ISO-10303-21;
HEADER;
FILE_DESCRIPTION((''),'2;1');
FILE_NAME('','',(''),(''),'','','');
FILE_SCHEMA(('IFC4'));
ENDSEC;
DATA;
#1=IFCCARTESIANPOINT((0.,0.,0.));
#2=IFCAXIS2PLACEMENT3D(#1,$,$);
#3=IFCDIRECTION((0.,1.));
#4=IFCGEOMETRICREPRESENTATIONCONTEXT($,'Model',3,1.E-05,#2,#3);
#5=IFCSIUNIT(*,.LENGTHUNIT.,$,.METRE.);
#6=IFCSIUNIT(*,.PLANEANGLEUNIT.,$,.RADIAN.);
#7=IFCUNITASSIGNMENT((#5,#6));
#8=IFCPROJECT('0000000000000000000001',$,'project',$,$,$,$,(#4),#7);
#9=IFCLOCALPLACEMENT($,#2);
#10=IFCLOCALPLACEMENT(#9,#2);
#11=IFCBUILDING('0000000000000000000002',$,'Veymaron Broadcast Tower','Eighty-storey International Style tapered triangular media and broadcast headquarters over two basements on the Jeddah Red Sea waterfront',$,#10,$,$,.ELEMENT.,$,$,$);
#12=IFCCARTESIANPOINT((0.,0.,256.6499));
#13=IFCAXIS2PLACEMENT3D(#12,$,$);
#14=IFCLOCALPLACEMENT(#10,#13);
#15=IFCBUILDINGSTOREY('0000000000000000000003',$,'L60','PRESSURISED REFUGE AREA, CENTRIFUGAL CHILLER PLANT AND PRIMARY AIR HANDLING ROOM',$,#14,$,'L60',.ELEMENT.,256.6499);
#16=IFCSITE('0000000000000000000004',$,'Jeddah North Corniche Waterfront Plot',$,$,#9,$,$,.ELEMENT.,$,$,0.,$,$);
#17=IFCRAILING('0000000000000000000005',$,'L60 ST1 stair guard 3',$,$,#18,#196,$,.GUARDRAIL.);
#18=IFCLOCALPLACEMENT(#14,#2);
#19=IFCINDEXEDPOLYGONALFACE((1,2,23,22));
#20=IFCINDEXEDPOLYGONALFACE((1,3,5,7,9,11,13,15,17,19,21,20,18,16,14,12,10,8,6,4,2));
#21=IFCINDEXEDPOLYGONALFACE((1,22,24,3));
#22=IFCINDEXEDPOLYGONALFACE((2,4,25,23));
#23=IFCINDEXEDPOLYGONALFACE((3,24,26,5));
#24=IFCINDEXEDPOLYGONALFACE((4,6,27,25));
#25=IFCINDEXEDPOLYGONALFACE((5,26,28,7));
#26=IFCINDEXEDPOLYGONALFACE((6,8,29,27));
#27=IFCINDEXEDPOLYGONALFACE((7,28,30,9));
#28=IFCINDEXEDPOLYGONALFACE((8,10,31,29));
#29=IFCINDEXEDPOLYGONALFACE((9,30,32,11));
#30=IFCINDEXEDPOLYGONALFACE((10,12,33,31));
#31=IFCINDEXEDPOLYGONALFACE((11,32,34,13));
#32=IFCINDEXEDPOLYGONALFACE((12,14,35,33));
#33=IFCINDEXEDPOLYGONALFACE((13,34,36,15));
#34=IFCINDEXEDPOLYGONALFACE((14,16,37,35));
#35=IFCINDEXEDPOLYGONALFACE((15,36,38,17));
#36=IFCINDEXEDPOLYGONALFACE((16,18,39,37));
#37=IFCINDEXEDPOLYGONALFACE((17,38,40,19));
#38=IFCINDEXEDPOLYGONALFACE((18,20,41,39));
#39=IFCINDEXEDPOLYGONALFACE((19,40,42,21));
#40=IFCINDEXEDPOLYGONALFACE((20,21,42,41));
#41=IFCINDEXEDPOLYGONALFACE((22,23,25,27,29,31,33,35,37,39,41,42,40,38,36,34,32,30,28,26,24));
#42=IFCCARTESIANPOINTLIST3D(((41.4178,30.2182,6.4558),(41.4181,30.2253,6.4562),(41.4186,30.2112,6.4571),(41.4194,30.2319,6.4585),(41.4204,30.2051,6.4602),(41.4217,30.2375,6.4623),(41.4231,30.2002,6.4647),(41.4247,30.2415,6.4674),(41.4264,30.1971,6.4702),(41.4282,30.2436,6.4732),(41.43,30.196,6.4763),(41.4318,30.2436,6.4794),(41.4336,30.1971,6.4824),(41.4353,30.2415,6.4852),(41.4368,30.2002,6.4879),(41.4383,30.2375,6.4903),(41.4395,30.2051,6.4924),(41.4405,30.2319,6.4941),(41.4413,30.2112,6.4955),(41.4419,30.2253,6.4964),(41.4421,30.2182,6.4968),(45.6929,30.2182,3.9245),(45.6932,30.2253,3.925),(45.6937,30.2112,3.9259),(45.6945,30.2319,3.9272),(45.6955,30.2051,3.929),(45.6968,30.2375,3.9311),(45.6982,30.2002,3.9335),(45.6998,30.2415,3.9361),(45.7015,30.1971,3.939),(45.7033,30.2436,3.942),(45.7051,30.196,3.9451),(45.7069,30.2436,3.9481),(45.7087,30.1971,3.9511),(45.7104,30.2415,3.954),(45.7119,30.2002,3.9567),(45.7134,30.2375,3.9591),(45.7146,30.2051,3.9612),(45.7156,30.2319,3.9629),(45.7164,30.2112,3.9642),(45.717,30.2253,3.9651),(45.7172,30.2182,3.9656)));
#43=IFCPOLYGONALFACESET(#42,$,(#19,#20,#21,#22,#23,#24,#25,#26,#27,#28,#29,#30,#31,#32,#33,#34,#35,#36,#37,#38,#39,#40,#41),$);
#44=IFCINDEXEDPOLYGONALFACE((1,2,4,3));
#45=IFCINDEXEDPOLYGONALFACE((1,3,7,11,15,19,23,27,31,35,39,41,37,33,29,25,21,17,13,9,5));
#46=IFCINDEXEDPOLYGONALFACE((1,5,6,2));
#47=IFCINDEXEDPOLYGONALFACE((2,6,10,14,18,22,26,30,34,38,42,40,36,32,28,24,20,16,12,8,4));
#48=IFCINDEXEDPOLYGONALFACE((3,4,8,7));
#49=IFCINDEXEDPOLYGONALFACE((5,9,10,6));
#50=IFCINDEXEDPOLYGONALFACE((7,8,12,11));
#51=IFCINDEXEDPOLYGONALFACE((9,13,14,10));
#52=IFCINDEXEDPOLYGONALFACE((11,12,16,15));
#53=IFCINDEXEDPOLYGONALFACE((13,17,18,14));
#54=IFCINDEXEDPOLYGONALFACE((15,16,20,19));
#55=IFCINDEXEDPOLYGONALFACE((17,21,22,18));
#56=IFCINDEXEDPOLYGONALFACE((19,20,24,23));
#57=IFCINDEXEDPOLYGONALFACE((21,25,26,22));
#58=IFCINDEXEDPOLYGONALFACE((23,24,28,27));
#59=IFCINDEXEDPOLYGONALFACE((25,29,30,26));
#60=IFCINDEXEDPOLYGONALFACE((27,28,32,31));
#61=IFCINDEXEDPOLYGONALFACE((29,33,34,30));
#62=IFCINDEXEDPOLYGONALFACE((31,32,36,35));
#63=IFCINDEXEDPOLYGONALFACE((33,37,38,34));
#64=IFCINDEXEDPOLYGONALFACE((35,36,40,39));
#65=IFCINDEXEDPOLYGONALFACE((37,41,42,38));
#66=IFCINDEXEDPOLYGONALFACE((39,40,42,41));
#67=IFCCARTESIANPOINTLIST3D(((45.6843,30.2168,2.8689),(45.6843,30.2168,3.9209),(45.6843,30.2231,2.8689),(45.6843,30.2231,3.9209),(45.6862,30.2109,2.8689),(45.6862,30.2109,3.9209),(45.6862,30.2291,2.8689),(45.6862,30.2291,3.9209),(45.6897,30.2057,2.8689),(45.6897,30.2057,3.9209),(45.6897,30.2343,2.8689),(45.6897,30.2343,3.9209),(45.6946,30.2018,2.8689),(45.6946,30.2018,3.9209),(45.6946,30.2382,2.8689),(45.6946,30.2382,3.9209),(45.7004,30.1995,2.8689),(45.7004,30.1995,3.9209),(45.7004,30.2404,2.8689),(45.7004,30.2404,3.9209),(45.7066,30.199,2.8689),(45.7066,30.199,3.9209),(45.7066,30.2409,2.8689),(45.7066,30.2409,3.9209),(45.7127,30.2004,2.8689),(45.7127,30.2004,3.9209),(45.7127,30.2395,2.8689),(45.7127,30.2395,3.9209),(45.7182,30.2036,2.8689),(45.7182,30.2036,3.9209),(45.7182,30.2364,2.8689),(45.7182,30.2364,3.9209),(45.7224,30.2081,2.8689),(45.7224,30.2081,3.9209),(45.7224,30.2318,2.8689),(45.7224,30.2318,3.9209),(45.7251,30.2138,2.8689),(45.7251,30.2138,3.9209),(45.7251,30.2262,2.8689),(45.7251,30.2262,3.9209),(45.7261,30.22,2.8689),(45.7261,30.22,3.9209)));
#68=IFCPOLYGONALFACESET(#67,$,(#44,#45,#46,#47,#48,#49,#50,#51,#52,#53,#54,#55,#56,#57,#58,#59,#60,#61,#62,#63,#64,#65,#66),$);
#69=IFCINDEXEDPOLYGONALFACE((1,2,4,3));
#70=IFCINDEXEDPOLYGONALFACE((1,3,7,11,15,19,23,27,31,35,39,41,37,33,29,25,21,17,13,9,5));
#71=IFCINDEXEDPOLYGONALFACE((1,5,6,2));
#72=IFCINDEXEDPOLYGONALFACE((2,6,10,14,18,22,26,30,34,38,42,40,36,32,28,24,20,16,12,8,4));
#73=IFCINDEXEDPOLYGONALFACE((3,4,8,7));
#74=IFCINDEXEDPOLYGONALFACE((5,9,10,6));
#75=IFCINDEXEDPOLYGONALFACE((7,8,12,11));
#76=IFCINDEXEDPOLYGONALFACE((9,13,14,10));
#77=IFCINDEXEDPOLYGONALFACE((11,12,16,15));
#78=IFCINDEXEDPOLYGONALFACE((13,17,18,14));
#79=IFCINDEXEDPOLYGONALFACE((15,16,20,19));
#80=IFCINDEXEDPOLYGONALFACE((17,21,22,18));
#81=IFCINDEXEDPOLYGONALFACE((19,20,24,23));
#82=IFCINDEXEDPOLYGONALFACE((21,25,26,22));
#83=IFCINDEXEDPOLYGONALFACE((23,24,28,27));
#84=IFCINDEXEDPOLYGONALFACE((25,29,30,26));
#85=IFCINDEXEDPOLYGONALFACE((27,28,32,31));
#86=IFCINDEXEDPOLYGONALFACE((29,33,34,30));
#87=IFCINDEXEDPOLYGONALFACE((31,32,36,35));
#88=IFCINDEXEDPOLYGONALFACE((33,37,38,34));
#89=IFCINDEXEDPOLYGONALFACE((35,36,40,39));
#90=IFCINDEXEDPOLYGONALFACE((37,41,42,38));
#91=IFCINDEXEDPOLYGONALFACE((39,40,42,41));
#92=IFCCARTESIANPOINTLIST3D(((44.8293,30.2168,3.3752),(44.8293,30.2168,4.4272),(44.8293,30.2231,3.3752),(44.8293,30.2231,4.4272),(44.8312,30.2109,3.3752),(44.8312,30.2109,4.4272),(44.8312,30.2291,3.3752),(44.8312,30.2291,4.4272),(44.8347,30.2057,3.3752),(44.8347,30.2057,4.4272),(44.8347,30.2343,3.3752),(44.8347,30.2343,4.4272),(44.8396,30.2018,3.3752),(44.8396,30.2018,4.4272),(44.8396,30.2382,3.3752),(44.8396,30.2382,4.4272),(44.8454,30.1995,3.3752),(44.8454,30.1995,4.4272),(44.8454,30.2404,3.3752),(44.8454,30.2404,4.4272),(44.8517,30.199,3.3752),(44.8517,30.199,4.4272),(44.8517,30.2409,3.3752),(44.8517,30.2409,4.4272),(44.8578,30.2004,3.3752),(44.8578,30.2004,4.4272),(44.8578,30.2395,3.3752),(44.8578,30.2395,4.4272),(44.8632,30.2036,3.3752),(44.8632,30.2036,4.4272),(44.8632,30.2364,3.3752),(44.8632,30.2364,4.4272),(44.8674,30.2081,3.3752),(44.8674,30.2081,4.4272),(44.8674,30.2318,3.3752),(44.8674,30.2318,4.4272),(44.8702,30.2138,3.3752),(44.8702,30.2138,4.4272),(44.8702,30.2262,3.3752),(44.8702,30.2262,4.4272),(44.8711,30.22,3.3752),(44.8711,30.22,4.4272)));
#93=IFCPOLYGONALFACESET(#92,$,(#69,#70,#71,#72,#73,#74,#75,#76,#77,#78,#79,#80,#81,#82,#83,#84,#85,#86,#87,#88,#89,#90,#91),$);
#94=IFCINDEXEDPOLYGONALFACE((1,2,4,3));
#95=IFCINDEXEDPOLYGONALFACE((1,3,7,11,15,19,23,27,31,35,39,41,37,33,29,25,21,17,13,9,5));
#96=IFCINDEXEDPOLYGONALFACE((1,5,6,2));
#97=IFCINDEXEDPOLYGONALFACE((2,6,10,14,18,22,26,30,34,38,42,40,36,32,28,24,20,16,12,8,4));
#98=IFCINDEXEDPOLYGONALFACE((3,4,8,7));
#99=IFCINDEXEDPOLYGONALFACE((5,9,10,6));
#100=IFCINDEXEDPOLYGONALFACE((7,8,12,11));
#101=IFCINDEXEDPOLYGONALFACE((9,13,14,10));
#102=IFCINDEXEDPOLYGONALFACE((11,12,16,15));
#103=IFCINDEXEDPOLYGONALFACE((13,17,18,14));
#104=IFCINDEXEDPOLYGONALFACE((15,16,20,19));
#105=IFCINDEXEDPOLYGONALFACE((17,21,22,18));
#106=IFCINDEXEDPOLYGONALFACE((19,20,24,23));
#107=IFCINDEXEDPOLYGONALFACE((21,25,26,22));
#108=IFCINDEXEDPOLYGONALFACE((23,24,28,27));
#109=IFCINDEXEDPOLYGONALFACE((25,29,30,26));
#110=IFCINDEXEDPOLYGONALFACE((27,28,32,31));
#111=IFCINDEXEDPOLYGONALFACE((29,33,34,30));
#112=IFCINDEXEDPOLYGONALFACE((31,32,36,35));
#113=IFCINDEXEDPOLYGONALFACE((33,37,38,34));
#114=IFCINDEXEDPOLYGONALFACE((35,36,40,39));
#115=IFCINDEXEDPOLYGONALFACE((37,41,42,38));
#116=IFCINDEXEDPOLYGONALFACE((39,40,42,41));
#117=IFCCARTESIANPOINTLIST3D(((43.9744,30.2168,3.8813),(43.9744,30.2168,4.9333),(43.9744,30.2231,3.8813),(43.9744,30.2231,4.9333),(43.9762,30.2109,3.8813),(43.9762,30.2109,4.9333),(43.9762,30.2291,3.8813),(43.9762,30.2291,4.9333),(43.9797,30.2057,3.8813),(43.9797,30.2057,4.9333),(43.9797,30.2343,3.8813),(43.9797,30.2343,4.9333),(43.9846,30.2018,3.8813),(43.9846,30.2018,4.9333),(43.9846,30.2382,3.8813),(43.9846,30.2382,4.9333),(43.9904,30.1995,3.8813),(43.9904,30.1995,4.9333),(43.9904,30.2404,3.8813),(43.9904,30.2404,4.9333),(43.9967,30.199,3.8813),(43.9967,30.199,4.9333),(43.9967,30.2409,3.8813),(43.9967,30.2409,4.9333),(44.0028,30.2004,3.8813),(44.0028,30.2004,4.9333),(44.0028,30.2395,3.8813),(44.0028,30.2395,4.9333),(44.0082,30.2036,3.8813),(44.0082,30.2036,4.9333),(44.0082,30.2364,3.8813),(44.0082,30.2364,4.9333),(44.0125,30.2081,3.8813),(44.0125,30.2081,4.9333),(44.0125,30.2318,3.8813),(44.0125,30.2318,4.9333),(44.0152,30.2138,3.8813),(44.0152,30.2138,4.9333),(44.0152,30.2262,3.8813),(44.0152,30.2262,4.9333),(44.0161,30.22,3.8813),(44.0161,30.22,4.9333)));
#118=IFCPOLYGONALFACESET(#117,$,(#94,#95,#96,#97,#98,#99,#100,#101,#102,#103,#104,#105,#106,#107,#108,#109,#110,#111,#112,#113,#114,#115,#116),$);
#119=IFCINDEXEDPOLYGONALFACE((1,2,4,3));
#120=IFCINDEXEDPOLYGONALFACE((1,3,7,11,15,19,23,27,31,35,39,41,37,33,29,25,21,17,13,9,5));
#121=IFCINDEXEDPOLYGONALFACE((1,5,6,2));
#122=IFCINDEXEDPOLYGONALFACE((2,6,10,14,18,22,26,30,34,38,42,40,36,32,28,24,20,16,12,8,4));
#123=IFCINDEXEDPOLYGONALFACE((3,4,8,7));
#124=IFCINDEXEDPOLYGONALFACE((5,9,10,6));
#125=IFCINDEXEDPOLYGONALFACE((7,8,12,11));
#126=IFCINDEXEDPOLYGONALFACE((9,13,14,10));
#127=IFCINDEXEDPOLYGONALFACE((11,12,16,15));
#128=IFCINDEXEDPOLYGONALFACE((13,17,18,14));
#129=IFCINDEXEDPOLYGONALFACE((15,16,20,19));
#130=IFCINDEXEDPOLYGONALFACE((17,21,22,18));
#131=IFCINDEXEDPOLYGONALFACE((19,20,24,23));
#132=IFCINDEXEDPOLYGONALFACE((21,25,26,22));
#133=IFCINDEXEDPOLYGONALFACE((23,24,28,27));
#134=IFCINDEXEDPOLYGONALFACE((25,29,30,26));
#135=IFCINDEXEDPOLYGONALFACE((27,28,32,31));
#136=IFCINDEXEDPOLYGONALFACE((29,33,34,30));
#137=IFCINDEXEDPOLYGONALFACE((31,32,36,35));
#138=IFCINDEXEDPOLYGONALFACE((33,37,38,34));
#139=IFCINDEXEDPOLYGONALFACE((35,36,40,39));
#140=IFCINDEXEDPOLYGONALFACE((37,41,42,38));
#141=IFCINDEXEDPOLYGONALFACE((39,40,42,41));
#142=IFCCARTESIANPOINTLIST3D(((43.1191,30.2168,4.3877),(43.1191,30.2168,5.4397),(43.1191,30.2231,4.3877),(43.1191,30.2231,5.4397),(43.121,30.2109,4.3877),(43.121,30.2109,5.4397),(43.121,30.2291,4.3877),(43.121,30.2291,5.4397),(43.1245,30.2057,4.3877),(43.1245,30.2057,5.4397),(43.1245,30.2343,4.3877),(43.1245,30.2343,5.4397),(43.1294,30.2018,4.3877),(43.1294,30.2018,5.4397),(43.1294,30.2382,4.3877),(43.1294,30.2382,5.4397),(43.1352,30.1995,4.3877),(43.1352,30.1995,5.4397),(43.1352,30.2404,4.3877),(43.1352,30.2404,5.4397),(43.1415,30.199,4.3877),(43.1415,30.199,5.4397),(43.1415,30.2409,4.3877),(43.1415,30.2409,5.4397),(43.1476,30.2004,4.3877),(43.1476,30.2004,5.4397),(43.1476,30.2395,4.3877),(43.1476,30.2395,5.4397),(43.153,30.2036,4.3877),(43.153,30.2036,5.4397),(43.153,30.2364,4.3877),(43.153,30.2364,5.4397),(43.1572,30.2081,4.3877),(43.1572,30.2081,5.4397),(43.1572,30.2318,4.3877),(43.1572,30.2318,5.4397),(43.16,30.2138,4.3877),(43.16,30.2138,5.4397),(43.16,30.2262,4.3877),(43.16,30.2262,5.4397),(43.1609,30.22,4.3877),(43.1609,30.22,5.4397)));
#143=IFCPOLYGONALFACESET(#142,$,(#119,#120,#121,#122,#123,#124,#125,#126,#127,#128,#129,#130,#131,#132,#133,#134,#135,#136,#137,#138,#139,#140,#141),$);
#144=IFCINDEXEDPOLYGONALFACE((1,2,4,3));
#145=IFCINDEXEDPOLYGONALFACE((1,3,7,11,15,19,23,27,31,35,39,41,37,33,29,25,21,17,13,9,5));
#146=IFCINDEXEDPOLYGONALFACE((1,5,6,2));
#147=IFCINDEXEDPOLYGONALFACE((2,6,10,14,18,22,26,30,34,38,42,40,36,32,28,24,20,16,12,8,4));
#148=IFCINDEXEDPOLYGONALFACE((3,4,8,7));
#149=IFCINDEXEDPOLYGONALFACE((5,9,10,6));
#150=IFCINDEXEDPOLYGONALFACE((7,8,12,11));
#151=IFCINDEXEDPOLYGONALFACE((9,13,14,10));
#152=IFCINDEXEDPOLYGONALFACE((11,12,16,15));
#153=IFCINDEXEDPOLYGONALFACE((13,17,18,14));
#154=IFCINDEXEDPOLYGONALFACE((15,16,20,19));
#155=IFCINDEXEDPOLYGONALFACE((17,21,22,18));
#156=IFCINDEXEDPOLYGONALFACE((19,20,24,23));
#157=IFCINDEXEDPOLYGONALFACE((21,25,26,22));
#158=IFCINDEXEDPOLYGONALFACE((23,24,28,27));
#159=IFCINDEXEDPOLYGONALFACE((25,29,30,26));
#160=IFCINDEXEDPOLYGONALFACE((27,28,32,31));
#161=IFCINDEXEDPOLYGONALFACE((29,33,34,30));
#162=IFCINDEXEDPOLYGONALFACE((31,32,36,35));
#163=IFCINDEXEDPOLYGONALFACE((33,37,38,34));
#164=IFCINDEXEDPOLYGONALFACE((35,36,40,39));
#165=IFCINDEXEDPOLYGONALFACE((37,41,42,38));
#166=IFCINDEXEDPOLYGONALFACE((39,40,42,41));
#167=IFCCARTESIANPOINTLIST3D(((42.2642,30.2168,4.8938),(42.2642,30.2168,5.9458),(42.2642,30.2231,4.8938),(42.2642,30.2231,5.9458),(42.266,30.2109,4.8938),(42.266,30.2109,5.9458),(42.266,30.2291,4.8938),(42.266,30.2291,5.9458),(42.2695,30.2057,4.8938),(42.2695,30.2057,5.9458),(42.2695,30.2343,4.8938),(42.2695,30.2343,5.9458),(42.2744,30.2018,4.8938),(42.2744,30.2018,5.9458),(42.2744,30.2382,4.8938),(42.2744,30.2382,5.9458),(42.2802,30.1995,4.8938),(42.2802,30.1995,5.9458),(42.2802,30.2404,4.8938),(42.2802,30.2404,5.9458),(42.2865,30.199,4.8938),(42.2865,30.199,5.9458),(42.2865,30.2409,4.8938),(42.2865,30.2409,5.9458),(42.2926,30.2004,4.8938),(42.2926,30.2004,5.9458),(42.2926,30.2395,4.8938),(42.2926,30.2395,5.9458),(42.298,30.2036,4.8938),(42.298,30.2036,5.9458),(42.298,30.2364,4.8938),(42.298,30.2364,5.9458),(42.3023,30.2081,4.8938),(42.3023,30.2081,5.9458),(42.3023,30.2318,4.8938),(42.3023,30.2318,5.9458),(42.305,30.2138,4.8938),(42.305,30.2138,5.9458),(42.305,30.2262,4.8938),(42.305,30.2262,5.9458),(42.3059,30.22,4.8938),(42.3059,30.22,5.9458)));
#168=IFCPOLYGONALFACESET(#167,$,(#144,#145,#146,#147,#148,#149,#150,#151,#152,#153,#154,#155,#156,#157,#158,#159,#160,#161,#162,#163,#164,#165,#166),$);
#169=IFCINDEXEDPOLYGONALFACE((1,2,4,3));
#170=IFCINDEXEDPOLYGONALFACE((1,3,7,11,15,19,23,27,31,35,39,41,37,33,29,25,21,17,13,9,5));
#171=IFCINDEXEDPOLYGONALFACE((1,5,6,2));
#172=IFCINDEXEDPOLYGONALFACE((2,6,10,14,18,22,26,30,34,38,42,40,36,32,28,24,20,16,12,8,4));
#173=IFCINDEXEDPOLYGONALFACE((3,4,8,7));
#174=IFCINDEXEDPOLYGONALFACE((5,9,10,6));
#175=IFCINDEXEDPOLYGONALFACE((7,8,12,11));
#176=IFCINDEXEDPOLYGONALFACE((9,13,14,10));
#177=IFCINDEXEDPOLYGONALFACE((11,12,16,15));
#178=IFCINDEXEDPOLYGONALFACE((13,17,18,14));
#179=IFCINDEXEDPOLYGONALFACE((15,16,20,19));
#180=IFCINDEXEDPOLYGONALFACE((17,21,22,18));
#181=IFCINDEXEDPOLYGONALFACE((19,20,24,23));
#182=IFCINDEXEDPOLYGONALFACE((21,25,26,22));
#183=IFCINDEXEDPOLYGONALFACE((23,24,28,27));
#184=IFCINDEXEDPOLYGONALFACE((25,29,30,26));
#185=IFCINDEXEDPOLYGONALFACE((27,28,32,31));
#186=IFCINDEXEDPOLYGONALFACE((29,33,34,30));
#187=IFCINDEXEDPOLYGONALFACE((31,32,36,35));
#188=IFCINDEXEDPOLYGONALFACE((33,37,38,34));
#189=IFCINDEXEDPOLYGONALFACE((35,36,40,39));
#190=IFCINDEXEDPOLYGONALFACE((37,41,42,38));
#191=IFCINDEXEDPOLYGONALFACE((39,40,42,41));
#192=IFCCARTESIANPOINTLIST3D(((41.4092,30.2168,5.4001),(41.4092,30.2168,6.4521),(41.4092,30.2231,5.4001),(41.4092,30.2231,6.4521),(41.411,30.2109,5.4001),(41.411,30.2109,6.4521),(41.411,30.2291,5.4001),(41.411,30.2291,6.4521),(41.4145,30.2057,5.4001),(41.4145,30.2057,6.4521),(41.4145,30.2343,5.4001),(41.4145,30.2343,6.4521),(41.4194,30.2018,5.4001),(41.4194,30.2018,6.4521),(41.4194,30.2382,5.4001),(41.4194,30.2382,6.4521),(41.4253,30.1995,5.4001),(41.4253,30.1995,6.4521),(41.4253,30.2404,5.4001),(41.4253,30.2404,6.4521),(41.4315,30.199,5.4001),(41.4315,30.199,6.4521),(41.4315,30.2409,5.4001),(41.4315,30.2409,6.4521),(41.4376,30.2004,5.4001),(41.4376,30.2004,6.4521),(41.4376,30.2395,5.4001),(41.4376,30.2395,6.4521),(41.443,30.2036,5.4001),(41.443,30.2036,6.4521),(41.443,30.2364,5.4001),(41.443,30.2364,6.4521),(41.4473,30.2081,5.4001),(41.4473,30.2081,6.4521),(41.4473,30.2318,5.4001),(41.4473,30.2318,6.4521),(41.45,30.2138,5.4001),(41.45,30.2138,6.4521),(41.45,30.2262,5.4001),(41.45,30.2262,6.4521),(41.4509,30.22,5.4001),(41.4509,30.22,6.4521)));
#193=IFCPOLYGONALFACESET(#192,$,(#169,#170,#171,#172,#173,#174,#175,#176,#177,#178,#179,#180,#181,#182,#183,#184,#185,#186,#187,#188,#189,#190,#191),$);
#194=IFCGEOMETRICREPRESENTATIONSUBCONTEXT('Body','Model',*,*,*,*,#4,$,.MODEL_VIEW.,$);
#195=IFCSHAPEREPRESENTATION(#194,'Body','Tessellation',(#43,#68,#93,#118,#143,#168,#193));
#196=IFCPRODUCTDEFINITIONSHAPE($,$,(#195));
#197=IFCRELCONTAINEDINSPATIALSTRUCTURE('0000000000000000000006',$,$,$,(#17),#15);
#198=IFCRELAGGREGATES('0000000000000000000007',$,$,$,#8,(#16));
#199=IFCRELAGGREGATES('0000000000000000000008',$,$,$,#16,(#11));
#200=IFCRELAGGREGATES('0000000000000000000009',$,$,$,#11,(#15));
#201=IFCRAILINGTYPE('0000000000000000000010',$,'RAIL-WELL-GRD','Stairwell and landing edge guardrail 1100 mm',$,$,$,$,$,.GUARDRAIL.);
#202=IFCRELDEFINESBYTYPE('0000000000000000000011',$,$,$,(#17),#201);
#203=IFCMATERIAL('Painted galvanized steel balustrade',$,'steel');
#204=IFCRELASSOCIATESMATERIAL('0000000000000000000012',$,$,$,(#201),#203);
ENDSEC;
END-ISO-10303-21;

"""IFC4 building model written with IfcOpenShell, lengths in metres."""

from ifc_helpers import new_model, si_unit, direction, frame, origin, origin_2d, place, context, subcontext, project, spatial, circle, extrude, material, type_object, element, save


model = new_model("IFC4")

# Units and contexts
model_context = context("Model", 3, precision=1e-05, world=origin(), true_north=direction((0.0, 1.0)))
body_context = subcontext(model_context, "Body", "Model", "MODEL_VIEW")
ifc_project = project(units=[si_unit("LENGTHUNIT", "METRE"), si_unit("PLANEANGLEUNIT", "RADIAN")], contexts=[model_context])

# Site, building, storey
site_placement = place(None, origin())
site = spatial("IfcSite", under=ifc_project, at=site_placement, Name="Jeddah North Corniche Waterfront Plot", CompositionType="ELEMENT", RefElevation=0.0)
building_placement = place(site_placement, origin())
building = spatial("IfcBuilding", under=site, at=building_placement, Name="Veymaron Broadcast Tower", Description="Eighty-storey International Style tapered triangular media and broadcast headquarters over two basements on the Jeddah Red Sea waterfront", CompositionType="ELEMENT")
storey_placement = place(building_placement, frame((0.0, 0.0, 256.6499)))
storey = spatial("IfcBuildingStorey", under=building, at=storey_placement, Name="L60", Description="PRESSURISED REFUGE AREA, CENTRIFUGAL CHILLER PLANT AND PRIMARY AIR HANDLING ROOM", LongName="L60", CompositionType="ELEMENT", Elevation=256.6499)

# Railing
ifc_material_1 = material(Name="Painted galvanized steel balustrade", Category="steel")
railing_type_1 = type_object("IfcRailingType", Name="RAIL-WELL-GRD", Description="Stairwell and landing edge guardrail 1100 mm", PredefinedType="GUARDRAIL", material=ifc_material_1)
railing_1_placement = place(storey_placement, frame((45.7051, 30.22, 2.8689)))
element("IfcRailing", 1, at=railing_1_placement, inside=storey, type_object=railing_type_1, Name="L60 ST1 stair guard 3", PredefinedType="GUARDRAIL", context=body_context, shape_type="SweptSolid", body=[
    extrude(circle(Radius=0.0239, at=origin_2d()), frame((0.0, 0.0, 1.0762), z_axis=(-0.860483, 0.0, 0.509479), x_axis=(0.0, -1.0, 0.0)), (0.0, 0.0, 1.0), 4.9683),
    extrude(circle(Radius=0.021, at=origin_2d()), origin(), (0.0, 0.0, 1.0), 1.052),
    extrude(circle(Radius=0.021, at=origin_2d()), frame((-0.855, 0.0, 0.5063)), (0.0, 0.0, 1.0), 1.052),
    extrude(circle(Radius=0.021, at=origin_2d()), frame((-1.71, 0.0, 1.0125)), (0.0, 0.0, 1.0), 1.052),
    extrude(circle(Radius=0.021, at=origin_2d()), frame((-2.5652, 0.0, 1.5188)), (0.0, 0.0, 1.0), 1.052),
    extrude(circle(Radius=0.021, at=origin_2d()), frame((-3.4202, 0.0, 2.0249)), (0.0, 0.0, 1.0), 1.052),
    extrude(circle(Radius=0.021, at=origin_2d()), frame((-4.2751, 0.0, 2.5312)), (0.0, 0.0, 1.0), 1.052),
])

save(model, "model.ifc")
